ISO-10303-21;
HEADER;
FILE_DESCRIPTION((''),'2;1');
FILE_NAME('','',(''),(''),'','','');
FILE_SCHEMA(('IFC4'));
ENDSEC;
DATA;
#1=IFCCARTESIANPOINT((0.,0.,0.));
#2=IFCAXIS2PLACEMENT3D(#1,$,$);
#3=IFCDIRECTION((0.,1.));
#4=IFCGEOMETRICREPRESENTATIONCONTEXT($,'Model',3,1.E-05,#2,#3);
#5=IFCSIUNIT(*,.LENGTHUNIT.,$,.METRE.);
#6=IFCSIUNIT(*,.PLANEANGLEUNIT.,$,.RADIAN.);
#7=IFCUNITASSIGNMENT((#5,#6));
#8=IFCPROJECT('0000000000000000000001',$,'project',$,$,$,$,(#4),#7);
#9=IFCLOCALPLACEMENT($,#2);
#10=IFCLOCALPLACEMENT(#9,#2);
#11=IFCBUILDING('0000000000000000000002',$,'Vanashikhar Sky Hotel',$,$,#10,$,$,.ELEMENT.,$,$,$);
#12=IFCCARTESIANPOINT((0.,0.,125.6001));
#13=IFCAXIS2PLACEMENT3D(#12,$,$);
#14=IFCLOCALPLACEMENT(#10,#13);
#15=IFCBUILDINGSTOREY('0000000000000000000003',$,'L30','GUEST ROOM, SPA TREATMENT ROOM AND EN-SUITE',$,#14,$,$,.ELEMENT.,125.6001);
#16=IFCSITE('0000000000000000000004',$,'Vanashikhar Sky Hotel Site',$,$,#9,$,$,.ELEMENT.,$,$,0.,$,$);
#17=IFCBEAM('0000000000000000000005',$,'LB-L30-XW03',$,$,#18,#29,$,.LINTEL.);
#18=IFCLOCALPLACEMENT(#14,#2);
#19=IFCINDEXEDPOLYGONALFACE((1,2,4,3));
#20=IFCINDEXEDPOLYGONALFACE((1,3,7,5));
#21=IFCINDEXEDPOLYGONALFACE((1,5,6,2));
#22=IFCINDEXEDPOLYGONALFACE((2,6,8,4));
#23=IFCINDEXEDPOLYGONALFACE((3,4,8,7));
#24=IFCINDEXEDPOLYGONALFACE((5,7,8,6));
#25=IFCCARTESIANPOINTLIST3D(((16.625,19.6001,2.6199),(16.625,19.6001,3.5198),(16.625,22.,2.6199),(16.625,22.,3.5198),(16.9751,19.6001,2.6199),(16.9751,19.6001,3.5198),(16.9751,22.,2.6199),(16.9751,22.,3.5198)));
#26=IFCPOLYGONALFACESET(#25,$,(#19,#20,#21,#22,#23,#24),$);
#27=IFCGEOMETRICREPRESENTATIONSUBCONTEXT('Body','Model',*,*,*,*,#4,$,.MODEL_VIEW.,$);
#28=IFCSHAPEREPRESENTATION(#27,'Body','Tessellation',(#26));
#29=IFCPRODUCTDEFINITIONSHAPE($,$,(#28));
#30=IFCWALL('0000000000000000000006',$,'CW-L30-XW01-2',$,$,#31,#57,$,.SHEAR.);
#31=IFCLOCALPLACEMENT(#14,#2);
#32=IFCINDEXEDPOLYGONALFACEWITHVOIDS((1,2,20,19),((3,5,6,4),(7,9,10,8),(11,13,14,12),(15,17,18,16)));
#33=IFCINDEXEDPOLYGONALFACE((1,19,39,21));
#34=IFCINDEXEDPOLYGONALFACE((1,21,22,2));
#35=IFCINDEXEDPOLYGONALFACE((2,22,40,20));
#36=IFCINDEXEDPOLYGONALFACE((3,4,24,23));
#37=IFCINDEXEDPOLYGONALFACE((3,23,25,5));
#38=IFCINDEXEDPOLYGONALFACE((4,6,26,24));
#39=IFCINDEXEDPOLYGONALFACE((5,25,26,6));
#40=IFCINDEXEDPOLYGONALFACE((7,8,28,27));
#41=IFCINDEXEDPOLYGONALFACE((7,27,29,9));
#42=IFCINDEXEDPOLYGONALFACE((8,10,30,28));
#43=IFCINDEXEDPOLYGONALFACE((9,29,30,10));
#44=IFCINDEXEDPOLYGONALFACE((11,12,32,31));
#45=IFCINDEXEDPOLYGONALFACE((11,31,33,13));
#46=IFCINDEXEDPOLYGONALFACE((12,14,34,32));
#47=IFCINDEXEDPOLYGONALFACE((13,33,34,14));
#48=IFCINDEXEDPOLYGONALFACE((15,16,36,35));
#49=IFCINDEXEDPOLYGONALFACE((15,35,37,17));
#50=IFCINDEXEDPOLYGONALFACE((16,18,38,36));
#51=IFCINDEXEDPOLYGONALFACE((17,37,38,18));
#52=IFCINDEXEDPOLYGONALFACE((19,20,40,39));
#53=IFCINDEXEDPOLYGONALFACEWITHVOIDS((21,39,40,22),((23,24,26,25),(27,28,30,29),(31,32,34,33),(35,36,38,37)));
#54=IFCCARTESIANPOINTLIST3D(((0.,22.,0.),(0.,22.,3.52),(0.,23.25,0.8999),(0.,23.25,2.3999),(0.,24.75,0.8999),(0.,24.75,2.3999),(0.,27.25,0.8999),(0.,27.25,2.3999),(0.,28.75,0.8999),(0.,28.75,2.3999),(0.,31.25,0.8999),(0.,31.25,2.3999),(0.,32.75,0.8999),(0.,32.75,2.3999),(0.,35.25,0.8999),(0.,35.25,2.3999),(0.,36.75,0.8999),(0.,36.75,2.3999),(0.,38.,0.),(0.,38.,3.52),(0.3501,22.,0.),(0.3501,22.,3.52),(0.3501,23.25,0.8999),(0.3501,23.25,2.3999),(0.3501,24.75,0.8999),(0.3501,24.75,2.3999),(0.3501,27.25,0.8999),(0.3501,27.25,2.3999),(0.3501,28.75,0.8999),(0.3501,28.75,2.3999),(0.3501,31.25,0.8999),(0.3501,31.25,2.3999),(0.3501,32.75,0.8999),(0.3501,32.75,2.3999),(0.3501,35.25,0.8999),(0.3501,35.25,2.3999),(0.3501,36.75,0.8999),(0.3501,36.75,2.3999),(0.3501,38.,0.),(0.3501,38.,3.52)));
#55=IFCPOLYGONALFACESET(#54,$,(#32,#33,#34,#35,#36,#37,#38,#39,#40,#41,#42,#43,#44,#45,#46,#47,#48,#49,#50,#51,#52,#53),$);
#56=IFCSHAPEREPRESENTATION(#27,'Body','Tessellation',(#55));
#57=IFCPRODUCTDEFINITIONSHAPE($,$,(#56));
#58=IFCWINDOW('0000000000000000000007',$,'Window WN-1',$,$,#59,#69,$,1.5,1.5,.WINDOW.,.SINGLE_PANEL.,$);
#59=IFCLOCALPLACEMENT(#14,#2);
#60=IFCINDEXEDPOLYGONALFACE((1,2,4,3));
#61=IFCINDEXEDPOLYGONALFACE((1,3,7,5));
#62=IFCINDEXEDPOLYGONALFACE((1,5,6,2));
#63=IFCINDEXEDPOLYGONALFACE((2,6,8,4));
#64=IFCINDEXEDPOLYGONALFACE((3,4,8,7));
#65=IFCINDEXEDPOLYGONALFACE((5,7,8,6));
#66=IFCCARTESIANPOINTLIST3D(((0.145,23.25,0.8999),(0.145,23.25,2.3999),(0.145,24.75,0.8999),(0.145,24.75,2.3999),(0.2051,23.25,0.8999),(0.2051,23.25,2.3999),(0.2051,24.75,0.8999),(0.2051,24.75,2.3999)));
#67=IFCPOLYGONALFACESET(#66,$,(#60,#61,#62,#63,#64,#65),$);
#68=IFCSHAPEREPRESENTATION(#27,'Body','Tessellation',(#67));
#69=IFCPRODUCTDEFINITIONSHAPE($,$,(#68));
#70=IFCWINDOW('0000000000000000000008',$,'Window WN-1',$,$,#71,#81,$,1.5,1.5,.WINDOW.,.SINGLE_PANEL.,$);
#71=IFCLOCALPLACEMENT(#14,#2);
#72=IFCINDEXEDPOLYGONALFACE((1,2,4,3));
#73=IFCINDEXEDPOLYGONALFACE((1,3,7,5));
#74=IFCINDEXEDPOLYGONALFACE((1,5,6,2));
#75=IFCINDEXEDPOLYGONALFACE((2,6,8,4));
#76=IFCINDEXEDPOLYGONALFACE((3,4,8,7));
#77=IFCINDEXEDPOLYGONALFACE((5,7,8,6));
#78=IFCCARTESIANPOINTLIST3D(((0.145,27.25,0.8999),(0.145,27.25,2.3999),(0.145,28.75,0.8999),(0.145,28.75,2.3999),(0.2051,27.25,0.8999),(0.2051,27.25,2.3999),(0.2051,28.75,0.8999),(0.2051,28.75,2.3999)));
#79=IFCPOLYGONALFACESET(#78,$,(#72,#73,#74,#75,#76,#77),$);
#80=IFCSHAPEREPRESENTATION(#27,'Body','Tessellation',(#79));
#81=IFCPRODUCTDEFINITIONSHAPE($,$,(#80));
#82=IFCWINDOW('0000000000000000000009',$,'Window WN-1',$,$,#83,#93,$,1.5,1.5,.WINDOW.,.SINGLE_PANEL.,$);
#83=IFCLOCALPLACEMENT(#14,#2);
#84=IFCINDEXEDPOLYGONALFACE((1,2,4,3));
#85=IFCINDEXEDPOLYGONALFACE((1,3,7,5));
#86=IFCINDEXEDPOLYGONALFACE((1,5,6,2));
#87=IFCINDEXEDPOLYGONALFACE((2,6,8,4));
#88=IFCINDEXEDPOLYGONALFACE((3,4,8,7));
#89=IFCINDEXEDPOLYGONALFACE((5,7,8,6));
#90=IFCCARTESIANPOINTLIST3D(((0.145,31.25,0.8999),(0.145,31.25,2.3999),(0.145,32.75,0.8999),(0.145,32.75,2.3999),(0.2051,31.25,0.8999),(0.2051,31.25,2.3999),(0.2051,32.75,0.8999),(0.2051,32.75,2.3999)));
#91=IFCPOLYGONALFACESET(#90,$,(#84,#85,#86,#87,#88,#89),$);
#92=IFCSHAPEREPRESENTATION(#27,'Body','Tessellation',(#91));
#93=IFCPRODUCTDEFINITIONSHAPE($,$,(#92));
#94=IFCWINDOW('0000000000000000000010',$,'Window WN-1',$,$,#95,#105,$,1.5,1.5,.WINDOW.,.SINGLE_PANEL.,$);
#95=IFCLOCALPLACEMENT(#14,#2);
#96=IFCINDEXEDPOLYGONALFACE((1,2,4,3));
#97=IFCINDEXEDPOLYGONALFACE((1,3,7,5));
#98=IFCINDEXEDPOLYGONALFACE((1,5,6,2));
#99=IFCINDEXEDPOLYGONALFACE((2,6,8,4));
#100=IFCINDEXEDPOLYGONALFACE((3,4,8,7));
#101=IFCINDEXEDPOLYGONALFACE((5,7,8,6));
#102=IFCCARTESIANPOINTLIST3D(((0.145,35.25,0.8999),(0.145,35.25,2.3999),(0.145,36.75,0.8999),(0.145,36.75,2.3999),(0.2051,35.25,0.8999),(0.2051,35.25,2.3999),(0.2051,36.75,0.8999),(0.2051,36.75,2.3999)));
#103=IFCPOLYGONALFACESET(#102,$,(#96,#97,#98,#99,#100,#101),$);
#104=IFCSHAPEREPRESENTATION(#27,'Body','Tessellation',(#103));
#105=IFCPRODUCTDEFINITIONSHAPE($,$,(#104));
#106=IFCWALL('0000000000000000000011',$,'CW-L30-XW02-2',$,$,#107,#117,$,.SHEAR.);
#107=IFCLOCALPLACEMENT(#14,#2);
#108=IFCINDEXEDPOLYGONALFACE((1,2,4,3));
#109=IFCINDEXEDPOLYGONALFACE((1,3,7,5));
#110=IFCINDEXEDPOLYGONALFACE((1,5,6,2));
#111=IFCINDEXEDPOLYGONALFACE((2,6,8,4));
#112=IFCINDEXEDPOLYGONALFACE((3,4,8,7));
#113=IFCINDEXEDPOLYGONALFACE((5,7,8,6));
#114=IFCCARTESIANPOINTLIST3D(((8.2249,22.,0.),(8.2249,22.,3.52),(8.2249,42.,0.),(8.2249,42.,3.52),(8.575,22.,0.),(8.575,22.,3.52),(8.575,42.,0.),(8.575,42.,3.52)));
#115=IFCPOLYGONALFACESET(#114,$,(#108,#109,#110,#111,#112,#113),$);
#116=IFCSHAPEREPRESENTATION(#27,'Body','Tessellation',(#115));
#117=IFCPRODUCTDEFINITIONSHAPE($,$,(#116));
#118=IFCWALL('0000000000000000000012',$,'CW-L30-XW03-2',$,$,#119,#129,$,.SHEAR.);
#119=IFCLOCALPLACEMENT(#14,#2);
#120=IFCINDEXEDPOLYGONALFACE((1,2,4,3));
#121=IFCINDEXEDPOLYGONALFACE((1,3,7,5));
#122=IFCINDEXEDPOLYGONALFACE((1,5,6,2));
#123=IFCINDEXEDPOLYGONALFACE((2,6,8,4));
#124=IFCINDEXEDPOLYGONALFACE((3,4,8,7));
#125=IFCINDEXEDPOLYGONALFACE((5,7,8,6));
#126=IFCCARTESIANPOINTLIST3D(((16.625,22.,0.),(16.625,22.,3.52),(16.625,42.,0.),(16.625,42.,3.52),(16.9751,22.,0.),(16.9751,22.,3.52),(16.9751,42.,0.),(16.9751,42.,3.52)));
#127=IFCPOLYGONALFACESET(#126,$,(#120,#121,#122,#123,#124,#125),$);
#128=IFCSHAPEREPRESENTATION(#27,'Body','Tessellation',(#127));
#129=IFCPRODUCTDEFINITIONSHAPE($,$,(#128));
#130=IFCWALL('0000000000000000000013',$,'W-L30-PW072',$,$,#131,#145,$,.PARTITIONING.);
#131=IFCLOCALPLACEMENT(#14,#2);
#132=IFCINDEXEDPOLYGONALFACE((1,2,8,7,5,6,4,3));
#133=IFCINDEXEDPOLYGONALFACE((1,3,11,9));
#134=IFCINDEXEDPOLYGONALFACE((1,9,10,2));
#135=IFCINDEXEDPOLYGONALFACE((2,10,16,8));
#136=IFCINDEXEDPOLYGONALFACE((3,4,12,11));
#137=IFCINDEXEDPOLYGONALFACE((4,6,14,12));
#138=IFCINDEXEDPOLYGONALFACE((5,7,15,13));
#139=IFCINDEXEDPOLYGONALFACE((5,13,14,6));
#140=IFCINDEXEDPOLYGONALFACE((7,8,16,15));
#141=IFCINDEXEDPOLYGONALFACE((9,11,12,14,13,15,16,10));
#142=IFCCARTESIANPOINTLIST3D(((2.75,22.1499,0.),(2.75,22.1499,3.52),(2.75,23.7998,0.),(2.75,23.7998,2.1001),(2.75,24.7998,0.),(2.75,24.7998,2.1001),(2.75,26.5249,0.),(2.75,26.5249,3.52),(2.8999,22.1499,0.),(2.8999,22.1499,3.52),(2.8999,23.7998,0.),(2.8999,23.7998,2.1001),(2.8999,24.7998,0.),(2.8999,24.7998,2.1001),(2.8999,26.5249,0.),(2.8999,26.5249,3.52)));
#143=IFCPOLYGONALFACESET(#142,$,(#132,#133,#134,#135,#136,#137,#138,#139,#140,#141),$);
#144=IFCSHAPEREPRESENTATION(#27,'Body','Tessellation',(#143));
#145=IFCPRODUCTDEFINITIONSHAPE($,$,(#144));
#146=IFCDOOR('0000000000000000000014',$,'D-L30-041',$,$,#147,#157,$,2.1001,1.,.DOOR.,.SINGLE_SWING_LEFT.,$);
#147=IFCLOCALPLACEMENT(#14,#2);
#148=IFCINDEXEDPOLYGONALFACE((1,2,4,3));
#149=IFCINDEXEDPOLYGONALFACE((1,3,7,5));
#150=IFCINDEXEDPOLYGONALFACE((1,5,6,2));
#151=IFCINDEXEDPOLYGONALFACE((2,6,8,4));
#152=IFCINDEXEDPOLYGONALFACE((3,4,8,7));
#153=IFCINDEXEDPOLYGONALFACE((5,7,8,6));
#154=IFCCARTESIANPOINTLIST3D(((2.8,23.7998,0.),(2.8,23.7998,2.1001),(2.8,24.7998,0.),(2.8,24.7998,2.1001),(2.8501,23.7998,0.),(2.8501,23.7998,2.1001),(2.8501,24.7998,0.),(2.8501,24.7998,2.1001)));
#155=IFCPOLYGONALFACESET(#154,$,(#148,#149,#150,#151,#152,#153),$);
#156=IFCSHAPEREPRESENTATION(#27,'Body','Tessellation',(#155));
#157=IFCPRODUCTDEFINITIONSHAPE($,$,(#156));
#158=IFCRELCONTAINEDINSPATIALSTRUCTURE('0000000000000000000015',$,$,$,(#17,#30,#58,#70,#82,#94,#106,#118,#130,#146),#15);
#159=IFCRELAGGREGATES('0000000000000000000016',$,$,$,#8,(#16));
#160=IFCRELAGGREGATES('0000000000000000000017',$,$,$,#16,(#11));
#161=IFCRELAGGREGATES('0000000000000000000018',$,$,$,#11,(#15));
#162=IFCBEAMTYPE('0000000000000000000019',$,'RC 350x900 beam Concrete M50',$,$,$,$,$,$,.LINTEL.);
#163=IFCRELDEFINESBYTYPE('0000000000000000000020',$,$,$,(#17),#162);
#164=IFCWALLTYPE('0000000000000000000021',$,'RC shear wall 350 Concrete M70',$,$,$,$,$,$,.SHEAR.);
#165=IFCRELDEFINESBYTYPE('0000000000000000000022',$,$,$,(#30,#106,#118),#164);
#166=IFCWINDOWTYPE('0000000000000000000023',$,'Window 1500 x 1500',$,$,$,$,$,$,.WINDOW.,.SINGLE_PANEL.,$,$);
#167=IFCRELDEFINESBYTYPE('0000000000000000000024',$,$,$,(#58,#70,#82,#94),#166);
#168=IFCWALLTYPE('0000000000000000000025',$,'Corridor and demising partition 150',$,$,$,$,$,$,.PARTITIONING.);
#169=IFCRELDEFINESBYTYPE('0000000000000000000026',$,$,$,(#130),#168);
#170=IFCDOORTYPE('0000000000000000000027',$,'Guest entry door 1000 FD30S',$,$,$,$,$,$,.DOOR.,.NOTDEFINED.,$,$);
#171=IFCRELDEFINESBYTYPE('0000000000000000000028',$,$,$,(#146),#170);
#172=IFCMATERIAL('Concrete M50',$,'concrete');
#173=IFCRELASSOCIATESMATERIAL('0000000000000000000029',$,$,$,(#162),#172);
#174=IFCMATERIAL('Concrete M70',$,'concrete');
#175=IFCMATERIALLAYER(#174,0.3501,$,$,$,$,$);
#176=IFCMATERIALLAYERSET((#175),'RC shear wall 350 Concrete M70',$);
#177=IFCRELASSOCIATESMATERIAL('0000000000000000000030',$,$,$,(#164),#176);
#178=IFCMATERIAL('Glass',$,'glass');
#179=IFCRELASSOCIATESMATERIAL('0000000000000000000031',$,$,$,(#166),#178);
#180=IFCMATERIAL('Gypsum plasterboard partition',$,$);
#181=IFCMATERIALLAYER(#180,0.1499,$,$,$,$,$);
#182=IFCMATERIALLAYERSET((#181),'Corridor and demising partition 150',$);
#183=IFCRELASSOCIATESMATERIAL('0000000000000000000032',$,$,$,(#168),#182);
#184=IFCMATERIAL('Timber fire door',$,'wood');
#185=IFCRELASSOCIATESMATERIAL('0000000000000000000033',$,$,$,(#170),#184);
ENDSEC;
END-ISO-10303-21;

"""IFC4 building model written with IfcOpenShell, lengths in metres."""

from ifc_helpers import new_model, si_unit, direction, frame, frame_2d, origin, origin_2d, place, context, subcontext, project, spatial, rectangle, extrude, source, transform, mapped, material, layer, layer_set, material_profile, profile_set, type_object, element, fill, save


model = new_model("IFC4")

# Units and contexts
model_context = context("Model", 3, precision=1e-05, world=origin(), true_north=direction((0.0, 1.0)))
body_context = subcontext(model_context, "Body", "Model", "MODEL_VIEW")
ifc_project = project(units=[si_unit("LENGTHUNIT", "METRE"), si_unit("PLANEANGLEUNIT", "RADIAN")], contexts=[model_context])

# Site, building, storey
site_placement = place(None, origin())
site = spatial("IfcSite", under=ifc_project, at=site_placement, Name="Vanashikhar Sky Hotel Site", CompositionType="ELEMENT", RefElevation=0.0)
building_placement = place(site_placement, origin())
building = spatial("IfcBuilding", under=site, at=building_placement, Name="Vanashikhar Sky Hotel", CompositionType="ELEMENT")
storey_placement = place(building_placement, frame((0.0, 0.0, 125.6001)))
storey = spatial("IfcBuildingStorey", under=building, at=storey_placement, Name="L30", Description="GUEST ROOM, SPA TREATMENT ROOM AND EN-SUITE", CompositionType="ELEMENT", Elevation=125.6001)

# Beam
ifc_material_1 = material(Name="Concrete M50", Category="concrete")
ifc_material_profile = material_profile(ifc_material_1, rectangle(XDim=0.3501, YDim=0.8999, at=origin_2d()))
ifc_profile_set = profile_set([ifc_material_profile], Name="RC 350x900 beam Concrete M50")
beam_type = type_object("IfcBeamType", Name="RC 350x900 beam Concrete M50", PredefinedType="LINTEL", material=ifc_profile_set)
shared_shape_1 = source(origin(), body_context, "Body", "SweptSolid", [
    extrude(rectangle(XDim=0.3501, YDim=0.8999, at=origin_2d()), origin(), (0.0, 0.0, 1.0), 2.3999),
])
beam_placement = place(storey_placement, frame((16.8, 19.6001, 3.0698), z_axis=(0.0, 1.0, 0.0), x_axis=(-1.0, 0.0, 0.0)))
element("IfcBeam", 1, at=beam_placement, inside=storey, type_object=beam_type, Name="LB-L30-XW03", PredefinedType="LINTEL", context=body_context, shape_type="MappedRepresentation", body=[
    mapped(shared_shape_1, transform((0.0, 0.0, 0.0), scale=1.0)),
])

# Wall, openings, windows
ifc_material_2 = material(Name="Concrete M70", Category="concrete")
ifc_layer_1 = layer(ifc_material_2, 0.3501)
ifc_layer_set_1 = layer_set([ifc_layer_1], Name="RC shear wall 350 Concrete M70")
wall_type_1 = type_object("IfcWallType", Name="RC shear wall 350 Concrete M70", PredefinedType="SHEAR", material=ifc_layer_set_1)
shared_shape_2 = source(origin(), body_context, "Body", "SweptSolid", [
    extrude(rectangle(XDim=16.0, YDim=0.3501, at=frame_2d((8.0, 0.0))), origin(), (0.0, 0.0, 1.0), 3.52),
])
wall_1_placement = place(storey_placement, frame((0.175, 22.0, 0.0), z_axis=(0.0, 0.0, 1.0), x_axis=(0.0, 1.0, 0.0)))
wall_1 = element("IfcWall", 2, at=wall_1_placement, inside=storey, type_object=wall_type_1, Name="CW-L30-XW01-2", PredefinedType="SHEAR", context=body_context, shape_type="MappedRepresentation", body=[
    mapped(shared_shape_2, transform((0.0, 0.0, 0.0), scale=1.0)),
])
shared_shape_3 = source(origin(), body_context, "Body", "SweptSolid", [
    extrude(rectangle(XDim=1.5, YDim=1.5, at=frame_2d((0.75, 0.75))), frame((0.0, 0.1851, 0.0), z_axis=(0.0, -1.0, 0.0), x_axis=(1.0, 0.0, 0.0)), (0.0, 0.0, 1.0), 0.3701),
])
opening_1_placement = place(wall_1_placement, frame((1.25, 0.0, 0.8999)))
opening_1 = element("IfcOpeningElement", 3, at=opening_1_placement, cuts=wall_1, PredefinedType="OPENING", context=body_context, shape_type="MappedRepresentation", body=[
    mapped(shared_shape_3, transform((0.0, 0.0, 0.0), scale=1.0)),
])
opening_2_placement = place(wall_1_placement, frame((5.25, 0.0, 0.8999)))
opening_2 = element("IfcOpeningElement", 4, at=opening_2_placement, cuts=wall_1, PredefinedType="OPENING", context=body_context, shape_type="MappedRepresentation", body=[
    mapped(shared_shape_3, transform((0.0, 0.0, 0.0), scale=1.0)),
])
opening_3_placement = place(wall_1_placement, frame((9.25, 0.0, 0.8999)))
opening_3 = element("IfcOpeningElement", 5, at=opening_3_placement, cuts=wall_1, PredefinedType="OPENING", context=body_context, shape_type="MappedRepresentation", body=[
    mapped(shared_shape_3, transform((0.0, 0.0, 0.0), scale=1.0)),
])
opening_4_placement = place(wall_1_placement, frame((13.25, 0.0, 0.8999)))
opening_4 = element("IfcOpeningElement", 6, at=opening_4_placement, cuts=wall_1, PredefinedType="OPENING", context=body_context, shape_type="MappedRepresentation", body=[
    mapped(shared_shape_3, transform((0.0, 0.0, 0.0), scale=1.0)),
])
ifc_material_3 = material(Name="Glass", Category="glass")
window_type = type_object("IfcWindowType", Name="Window 1500 x 1500", PartitioningType="SINGLE_PANEL", PredefinedType="WINDOW", material=ifc_material_3)
shared_shape_4 = source(origin(), body_context, "Body", "SweptSolid", [
    extrude(rectangle(XDim=1.5, YDim=1.5, at=frame_2d((0.75, 0.75))), frame((0.0, 0.03, 0.0), z_axis=(0.0, -1.0, 0.0), x_axis=(1.0, 0.0, 0.0)), (0.0, 0.0, 1.0), 0.0601),
])
window_1_placement = place(opening_1_placement, origin())
window_1 = element("IfcWindow", 7, at=window_1_placement, inside=storey, type_object=window_type, Name="Window WN-1", OverallHeight=1.5, OverallWidth=1.5, PartitioningType="SINGLE_PANEL", PredefinedType="WINDOW", context=body_context, shape_type="MappedRepresentation", body=[
    mapped(shared_shape_4, transform((0.0, 0.0, 0.0), scale=1.0)),
])
fill(opening_1, window_1)
window_2_placement = place(opening_2_placement, origin())
window_2 = element("IfcWindow", 8, at=window_2_placement, inside=storey, type_object=window_type, Name="Window WN-1", OverallHeight=1.5, OverallWidth=1.5, PartitioningType="SINGLE_PANEL", PredefinedType="WINDOW", context=body_context, shape_type="MappedRepresentation", body=[
    mapped(shared_shape_4, transform((0.0, 0.0, 0.0), scale=1.0)),
])
fill(opening_2, window_2)
window_3_placement = place(opening_3_placement, origin())
window_3 = element("IfcWindow", 9, at=window_3_placement, inside=storey, type_object=window_type, Name="Window WN-1", OverallHeight=1.5, OverallWidth=1.5, PartitioningType="SINGLE_PANEL", PredefinedType="WINDOW", context=body_context, shape_type="MappedRepresentation", body=[
    mapped(shared_shape_4, transform((0.0, 0.0, 0.0), scale=1.0)),
])
fill(opening_3, window_3)
window_4_placement = place(opening_4_placement, origin())
window_4 = element("IfcWindow", 10, at=window_4_placement, inside=storey, type_object=window_type, Name="Window WN-1", OverallHeight=1.5, OverallWidth=1.5, PartitioningType="SINGLE_PANEL", PredefinedType="WINDOW", context=body_context, shape_type="MappedRepresentation", body=[
    mapped(shared_shape_4, transform((0.0, 0.0, 0.0), scale=1.0)),
])
fill(opening_4, window_4)

# Walls
shared_shape_5 = source(origin(), body_context, "Body", "SweptSolid", [
    extrude(rectangle(XDim=20.0, YDim=0.3501, at=frame_2d((10.0, 0.0))), origin(), (0.0, 0.0, 1.0), 3.52),
])
for number, where, z_axis, x_axis, name in (
    (11, (8.3999, 22.0, 0.0), (0.0, 0.0, 1.0), (0.0, 1.0, 0.0), "CW-L30-XW02-2"),
    (12, (16.8, 22.0, 0.0), (0.0, 0.0, 1.0), (0.0, 1.0, 0.0), "CW-L30-XW03-2"),
):
    element("IfcWall", number, at=place(storey_placement, frame(where, z_axis=z_axis, x_axis=x_axis)), inside=storey, type_object=wall_type_1, Name=name, PredefinedType="SHEAR", context=body_context, shape_type="MappedRepresentation", body=[
        mapped(shared_shape_5, transform((0.0, 0.0, 0.0), scale=1.0)),
    ])

# Wall, opening, door
ifc_material_4 = material(Name="Gypsum plasterboard partition")
ifc_layer_2 = layer(ifc_material_4, 0.1499)
ifc_layer_set_2 = layer_set([ifc_layer_2], Name="Corridor and demising partition 150")
wall_type_2 = type_object("IfcWallType", Name="Corridor and demising partition 150", PredefinedType="PARTITIONING", material=ifc_layer_set_2)
shared_shape_6 = source(origin(), body_context, "Body", "SweptSolid", [
    extrude(rectangle(XDim=4.375, YDim=0.1499, at=frame_2d((2.1875, 0.0))), origin(), (0.0, 0.0, 1.0), 3.52),
])
wall_2_placement = place(storey_placement, frame((2.825, 22.1499, 0.0), z_axis=(0.0, 0.0, 1.0), x_axis=(0.0, 1.0, 0.0)))
wall_2 = element("IfcWall", 13, at=wall_2_placement, inside=storey, type_object=wall_type_2, Name="W-L30-PW072", PredefinedType="PARTITIONING", context=body_context, shape_type="MappedRepresentation", body=[
    mapped(shared_shape_6, transform((0.0, 0.0, 0.0), scale=1.0)),
])
shared_shape_7 = source(origin(), body_context, "Body", "SweptSolid", [
    extrude(rectangle(XDim=1.0, YDim=2.1001, at=frame_2d((0.5, 1.05))), frame((0.0, 0.085, 0.0), z_axis=(0.0, -1.0, 0.0), x_axis=(1.0, 0.0, 0.0)), (0.0, 0.0, 1.0), 0.1699),
])
opening_5_placement = place(wall_2_placement, frame((1.6499, 0.0, 0.0)))
opening_5 = element("IfcOpeningElement", 14, at=opening_5_placement, cuts=wall_2, PredefinedType="OPENING", context=body_context, shape_type="MappedRepresentation", body=[
    mapped(shared_shape_7, transform((0.0, 0.0, 0.0), scale=1.0)),
])
ifc_material_5 = material(Name="Timber fire door", Category="wood")
door_type_1 = type_object("IfcDoorType", Name="Guest entry door 1000 FD30S", OperationType="NOTDEFINED", PredefinedType="DOOR", material=ifc_material_5)
shared_shape_8 = source(origin(), body_context, "Body", "SweptSolid", [
    extrude(rectangle(XDim=1.0, YDim=2.1001, at=frame_2d((0.5, 1.05))), frame((0.0, 0.0249, 0.0), z_axis=(0.0, -1.0, 0.0), x_axis=(1.0, 0.0, 0.0)), (0.0, 0.0, 1.0), 0.05),
])
door_1_placement = place(opening_5_placement, origin())
door_1 = element("IfcDoor", 15, at=door_1_placement, inside=storey, type_object=door_type_1, Name="D-L30-041", OperationType="SINGLE_SWING_LEFT", OverallHeight=2.1001, OverallWidth=1.0, PredefinedType="DOOR", context=body_context, shape_type="MappedRepresentation", body=[
    mapped(shared_shape_8, transform((0.0, 0.0, 0.0), scale=1.0)),
])
fill(opening_5, door_1)

save(model, "model.ifc")
